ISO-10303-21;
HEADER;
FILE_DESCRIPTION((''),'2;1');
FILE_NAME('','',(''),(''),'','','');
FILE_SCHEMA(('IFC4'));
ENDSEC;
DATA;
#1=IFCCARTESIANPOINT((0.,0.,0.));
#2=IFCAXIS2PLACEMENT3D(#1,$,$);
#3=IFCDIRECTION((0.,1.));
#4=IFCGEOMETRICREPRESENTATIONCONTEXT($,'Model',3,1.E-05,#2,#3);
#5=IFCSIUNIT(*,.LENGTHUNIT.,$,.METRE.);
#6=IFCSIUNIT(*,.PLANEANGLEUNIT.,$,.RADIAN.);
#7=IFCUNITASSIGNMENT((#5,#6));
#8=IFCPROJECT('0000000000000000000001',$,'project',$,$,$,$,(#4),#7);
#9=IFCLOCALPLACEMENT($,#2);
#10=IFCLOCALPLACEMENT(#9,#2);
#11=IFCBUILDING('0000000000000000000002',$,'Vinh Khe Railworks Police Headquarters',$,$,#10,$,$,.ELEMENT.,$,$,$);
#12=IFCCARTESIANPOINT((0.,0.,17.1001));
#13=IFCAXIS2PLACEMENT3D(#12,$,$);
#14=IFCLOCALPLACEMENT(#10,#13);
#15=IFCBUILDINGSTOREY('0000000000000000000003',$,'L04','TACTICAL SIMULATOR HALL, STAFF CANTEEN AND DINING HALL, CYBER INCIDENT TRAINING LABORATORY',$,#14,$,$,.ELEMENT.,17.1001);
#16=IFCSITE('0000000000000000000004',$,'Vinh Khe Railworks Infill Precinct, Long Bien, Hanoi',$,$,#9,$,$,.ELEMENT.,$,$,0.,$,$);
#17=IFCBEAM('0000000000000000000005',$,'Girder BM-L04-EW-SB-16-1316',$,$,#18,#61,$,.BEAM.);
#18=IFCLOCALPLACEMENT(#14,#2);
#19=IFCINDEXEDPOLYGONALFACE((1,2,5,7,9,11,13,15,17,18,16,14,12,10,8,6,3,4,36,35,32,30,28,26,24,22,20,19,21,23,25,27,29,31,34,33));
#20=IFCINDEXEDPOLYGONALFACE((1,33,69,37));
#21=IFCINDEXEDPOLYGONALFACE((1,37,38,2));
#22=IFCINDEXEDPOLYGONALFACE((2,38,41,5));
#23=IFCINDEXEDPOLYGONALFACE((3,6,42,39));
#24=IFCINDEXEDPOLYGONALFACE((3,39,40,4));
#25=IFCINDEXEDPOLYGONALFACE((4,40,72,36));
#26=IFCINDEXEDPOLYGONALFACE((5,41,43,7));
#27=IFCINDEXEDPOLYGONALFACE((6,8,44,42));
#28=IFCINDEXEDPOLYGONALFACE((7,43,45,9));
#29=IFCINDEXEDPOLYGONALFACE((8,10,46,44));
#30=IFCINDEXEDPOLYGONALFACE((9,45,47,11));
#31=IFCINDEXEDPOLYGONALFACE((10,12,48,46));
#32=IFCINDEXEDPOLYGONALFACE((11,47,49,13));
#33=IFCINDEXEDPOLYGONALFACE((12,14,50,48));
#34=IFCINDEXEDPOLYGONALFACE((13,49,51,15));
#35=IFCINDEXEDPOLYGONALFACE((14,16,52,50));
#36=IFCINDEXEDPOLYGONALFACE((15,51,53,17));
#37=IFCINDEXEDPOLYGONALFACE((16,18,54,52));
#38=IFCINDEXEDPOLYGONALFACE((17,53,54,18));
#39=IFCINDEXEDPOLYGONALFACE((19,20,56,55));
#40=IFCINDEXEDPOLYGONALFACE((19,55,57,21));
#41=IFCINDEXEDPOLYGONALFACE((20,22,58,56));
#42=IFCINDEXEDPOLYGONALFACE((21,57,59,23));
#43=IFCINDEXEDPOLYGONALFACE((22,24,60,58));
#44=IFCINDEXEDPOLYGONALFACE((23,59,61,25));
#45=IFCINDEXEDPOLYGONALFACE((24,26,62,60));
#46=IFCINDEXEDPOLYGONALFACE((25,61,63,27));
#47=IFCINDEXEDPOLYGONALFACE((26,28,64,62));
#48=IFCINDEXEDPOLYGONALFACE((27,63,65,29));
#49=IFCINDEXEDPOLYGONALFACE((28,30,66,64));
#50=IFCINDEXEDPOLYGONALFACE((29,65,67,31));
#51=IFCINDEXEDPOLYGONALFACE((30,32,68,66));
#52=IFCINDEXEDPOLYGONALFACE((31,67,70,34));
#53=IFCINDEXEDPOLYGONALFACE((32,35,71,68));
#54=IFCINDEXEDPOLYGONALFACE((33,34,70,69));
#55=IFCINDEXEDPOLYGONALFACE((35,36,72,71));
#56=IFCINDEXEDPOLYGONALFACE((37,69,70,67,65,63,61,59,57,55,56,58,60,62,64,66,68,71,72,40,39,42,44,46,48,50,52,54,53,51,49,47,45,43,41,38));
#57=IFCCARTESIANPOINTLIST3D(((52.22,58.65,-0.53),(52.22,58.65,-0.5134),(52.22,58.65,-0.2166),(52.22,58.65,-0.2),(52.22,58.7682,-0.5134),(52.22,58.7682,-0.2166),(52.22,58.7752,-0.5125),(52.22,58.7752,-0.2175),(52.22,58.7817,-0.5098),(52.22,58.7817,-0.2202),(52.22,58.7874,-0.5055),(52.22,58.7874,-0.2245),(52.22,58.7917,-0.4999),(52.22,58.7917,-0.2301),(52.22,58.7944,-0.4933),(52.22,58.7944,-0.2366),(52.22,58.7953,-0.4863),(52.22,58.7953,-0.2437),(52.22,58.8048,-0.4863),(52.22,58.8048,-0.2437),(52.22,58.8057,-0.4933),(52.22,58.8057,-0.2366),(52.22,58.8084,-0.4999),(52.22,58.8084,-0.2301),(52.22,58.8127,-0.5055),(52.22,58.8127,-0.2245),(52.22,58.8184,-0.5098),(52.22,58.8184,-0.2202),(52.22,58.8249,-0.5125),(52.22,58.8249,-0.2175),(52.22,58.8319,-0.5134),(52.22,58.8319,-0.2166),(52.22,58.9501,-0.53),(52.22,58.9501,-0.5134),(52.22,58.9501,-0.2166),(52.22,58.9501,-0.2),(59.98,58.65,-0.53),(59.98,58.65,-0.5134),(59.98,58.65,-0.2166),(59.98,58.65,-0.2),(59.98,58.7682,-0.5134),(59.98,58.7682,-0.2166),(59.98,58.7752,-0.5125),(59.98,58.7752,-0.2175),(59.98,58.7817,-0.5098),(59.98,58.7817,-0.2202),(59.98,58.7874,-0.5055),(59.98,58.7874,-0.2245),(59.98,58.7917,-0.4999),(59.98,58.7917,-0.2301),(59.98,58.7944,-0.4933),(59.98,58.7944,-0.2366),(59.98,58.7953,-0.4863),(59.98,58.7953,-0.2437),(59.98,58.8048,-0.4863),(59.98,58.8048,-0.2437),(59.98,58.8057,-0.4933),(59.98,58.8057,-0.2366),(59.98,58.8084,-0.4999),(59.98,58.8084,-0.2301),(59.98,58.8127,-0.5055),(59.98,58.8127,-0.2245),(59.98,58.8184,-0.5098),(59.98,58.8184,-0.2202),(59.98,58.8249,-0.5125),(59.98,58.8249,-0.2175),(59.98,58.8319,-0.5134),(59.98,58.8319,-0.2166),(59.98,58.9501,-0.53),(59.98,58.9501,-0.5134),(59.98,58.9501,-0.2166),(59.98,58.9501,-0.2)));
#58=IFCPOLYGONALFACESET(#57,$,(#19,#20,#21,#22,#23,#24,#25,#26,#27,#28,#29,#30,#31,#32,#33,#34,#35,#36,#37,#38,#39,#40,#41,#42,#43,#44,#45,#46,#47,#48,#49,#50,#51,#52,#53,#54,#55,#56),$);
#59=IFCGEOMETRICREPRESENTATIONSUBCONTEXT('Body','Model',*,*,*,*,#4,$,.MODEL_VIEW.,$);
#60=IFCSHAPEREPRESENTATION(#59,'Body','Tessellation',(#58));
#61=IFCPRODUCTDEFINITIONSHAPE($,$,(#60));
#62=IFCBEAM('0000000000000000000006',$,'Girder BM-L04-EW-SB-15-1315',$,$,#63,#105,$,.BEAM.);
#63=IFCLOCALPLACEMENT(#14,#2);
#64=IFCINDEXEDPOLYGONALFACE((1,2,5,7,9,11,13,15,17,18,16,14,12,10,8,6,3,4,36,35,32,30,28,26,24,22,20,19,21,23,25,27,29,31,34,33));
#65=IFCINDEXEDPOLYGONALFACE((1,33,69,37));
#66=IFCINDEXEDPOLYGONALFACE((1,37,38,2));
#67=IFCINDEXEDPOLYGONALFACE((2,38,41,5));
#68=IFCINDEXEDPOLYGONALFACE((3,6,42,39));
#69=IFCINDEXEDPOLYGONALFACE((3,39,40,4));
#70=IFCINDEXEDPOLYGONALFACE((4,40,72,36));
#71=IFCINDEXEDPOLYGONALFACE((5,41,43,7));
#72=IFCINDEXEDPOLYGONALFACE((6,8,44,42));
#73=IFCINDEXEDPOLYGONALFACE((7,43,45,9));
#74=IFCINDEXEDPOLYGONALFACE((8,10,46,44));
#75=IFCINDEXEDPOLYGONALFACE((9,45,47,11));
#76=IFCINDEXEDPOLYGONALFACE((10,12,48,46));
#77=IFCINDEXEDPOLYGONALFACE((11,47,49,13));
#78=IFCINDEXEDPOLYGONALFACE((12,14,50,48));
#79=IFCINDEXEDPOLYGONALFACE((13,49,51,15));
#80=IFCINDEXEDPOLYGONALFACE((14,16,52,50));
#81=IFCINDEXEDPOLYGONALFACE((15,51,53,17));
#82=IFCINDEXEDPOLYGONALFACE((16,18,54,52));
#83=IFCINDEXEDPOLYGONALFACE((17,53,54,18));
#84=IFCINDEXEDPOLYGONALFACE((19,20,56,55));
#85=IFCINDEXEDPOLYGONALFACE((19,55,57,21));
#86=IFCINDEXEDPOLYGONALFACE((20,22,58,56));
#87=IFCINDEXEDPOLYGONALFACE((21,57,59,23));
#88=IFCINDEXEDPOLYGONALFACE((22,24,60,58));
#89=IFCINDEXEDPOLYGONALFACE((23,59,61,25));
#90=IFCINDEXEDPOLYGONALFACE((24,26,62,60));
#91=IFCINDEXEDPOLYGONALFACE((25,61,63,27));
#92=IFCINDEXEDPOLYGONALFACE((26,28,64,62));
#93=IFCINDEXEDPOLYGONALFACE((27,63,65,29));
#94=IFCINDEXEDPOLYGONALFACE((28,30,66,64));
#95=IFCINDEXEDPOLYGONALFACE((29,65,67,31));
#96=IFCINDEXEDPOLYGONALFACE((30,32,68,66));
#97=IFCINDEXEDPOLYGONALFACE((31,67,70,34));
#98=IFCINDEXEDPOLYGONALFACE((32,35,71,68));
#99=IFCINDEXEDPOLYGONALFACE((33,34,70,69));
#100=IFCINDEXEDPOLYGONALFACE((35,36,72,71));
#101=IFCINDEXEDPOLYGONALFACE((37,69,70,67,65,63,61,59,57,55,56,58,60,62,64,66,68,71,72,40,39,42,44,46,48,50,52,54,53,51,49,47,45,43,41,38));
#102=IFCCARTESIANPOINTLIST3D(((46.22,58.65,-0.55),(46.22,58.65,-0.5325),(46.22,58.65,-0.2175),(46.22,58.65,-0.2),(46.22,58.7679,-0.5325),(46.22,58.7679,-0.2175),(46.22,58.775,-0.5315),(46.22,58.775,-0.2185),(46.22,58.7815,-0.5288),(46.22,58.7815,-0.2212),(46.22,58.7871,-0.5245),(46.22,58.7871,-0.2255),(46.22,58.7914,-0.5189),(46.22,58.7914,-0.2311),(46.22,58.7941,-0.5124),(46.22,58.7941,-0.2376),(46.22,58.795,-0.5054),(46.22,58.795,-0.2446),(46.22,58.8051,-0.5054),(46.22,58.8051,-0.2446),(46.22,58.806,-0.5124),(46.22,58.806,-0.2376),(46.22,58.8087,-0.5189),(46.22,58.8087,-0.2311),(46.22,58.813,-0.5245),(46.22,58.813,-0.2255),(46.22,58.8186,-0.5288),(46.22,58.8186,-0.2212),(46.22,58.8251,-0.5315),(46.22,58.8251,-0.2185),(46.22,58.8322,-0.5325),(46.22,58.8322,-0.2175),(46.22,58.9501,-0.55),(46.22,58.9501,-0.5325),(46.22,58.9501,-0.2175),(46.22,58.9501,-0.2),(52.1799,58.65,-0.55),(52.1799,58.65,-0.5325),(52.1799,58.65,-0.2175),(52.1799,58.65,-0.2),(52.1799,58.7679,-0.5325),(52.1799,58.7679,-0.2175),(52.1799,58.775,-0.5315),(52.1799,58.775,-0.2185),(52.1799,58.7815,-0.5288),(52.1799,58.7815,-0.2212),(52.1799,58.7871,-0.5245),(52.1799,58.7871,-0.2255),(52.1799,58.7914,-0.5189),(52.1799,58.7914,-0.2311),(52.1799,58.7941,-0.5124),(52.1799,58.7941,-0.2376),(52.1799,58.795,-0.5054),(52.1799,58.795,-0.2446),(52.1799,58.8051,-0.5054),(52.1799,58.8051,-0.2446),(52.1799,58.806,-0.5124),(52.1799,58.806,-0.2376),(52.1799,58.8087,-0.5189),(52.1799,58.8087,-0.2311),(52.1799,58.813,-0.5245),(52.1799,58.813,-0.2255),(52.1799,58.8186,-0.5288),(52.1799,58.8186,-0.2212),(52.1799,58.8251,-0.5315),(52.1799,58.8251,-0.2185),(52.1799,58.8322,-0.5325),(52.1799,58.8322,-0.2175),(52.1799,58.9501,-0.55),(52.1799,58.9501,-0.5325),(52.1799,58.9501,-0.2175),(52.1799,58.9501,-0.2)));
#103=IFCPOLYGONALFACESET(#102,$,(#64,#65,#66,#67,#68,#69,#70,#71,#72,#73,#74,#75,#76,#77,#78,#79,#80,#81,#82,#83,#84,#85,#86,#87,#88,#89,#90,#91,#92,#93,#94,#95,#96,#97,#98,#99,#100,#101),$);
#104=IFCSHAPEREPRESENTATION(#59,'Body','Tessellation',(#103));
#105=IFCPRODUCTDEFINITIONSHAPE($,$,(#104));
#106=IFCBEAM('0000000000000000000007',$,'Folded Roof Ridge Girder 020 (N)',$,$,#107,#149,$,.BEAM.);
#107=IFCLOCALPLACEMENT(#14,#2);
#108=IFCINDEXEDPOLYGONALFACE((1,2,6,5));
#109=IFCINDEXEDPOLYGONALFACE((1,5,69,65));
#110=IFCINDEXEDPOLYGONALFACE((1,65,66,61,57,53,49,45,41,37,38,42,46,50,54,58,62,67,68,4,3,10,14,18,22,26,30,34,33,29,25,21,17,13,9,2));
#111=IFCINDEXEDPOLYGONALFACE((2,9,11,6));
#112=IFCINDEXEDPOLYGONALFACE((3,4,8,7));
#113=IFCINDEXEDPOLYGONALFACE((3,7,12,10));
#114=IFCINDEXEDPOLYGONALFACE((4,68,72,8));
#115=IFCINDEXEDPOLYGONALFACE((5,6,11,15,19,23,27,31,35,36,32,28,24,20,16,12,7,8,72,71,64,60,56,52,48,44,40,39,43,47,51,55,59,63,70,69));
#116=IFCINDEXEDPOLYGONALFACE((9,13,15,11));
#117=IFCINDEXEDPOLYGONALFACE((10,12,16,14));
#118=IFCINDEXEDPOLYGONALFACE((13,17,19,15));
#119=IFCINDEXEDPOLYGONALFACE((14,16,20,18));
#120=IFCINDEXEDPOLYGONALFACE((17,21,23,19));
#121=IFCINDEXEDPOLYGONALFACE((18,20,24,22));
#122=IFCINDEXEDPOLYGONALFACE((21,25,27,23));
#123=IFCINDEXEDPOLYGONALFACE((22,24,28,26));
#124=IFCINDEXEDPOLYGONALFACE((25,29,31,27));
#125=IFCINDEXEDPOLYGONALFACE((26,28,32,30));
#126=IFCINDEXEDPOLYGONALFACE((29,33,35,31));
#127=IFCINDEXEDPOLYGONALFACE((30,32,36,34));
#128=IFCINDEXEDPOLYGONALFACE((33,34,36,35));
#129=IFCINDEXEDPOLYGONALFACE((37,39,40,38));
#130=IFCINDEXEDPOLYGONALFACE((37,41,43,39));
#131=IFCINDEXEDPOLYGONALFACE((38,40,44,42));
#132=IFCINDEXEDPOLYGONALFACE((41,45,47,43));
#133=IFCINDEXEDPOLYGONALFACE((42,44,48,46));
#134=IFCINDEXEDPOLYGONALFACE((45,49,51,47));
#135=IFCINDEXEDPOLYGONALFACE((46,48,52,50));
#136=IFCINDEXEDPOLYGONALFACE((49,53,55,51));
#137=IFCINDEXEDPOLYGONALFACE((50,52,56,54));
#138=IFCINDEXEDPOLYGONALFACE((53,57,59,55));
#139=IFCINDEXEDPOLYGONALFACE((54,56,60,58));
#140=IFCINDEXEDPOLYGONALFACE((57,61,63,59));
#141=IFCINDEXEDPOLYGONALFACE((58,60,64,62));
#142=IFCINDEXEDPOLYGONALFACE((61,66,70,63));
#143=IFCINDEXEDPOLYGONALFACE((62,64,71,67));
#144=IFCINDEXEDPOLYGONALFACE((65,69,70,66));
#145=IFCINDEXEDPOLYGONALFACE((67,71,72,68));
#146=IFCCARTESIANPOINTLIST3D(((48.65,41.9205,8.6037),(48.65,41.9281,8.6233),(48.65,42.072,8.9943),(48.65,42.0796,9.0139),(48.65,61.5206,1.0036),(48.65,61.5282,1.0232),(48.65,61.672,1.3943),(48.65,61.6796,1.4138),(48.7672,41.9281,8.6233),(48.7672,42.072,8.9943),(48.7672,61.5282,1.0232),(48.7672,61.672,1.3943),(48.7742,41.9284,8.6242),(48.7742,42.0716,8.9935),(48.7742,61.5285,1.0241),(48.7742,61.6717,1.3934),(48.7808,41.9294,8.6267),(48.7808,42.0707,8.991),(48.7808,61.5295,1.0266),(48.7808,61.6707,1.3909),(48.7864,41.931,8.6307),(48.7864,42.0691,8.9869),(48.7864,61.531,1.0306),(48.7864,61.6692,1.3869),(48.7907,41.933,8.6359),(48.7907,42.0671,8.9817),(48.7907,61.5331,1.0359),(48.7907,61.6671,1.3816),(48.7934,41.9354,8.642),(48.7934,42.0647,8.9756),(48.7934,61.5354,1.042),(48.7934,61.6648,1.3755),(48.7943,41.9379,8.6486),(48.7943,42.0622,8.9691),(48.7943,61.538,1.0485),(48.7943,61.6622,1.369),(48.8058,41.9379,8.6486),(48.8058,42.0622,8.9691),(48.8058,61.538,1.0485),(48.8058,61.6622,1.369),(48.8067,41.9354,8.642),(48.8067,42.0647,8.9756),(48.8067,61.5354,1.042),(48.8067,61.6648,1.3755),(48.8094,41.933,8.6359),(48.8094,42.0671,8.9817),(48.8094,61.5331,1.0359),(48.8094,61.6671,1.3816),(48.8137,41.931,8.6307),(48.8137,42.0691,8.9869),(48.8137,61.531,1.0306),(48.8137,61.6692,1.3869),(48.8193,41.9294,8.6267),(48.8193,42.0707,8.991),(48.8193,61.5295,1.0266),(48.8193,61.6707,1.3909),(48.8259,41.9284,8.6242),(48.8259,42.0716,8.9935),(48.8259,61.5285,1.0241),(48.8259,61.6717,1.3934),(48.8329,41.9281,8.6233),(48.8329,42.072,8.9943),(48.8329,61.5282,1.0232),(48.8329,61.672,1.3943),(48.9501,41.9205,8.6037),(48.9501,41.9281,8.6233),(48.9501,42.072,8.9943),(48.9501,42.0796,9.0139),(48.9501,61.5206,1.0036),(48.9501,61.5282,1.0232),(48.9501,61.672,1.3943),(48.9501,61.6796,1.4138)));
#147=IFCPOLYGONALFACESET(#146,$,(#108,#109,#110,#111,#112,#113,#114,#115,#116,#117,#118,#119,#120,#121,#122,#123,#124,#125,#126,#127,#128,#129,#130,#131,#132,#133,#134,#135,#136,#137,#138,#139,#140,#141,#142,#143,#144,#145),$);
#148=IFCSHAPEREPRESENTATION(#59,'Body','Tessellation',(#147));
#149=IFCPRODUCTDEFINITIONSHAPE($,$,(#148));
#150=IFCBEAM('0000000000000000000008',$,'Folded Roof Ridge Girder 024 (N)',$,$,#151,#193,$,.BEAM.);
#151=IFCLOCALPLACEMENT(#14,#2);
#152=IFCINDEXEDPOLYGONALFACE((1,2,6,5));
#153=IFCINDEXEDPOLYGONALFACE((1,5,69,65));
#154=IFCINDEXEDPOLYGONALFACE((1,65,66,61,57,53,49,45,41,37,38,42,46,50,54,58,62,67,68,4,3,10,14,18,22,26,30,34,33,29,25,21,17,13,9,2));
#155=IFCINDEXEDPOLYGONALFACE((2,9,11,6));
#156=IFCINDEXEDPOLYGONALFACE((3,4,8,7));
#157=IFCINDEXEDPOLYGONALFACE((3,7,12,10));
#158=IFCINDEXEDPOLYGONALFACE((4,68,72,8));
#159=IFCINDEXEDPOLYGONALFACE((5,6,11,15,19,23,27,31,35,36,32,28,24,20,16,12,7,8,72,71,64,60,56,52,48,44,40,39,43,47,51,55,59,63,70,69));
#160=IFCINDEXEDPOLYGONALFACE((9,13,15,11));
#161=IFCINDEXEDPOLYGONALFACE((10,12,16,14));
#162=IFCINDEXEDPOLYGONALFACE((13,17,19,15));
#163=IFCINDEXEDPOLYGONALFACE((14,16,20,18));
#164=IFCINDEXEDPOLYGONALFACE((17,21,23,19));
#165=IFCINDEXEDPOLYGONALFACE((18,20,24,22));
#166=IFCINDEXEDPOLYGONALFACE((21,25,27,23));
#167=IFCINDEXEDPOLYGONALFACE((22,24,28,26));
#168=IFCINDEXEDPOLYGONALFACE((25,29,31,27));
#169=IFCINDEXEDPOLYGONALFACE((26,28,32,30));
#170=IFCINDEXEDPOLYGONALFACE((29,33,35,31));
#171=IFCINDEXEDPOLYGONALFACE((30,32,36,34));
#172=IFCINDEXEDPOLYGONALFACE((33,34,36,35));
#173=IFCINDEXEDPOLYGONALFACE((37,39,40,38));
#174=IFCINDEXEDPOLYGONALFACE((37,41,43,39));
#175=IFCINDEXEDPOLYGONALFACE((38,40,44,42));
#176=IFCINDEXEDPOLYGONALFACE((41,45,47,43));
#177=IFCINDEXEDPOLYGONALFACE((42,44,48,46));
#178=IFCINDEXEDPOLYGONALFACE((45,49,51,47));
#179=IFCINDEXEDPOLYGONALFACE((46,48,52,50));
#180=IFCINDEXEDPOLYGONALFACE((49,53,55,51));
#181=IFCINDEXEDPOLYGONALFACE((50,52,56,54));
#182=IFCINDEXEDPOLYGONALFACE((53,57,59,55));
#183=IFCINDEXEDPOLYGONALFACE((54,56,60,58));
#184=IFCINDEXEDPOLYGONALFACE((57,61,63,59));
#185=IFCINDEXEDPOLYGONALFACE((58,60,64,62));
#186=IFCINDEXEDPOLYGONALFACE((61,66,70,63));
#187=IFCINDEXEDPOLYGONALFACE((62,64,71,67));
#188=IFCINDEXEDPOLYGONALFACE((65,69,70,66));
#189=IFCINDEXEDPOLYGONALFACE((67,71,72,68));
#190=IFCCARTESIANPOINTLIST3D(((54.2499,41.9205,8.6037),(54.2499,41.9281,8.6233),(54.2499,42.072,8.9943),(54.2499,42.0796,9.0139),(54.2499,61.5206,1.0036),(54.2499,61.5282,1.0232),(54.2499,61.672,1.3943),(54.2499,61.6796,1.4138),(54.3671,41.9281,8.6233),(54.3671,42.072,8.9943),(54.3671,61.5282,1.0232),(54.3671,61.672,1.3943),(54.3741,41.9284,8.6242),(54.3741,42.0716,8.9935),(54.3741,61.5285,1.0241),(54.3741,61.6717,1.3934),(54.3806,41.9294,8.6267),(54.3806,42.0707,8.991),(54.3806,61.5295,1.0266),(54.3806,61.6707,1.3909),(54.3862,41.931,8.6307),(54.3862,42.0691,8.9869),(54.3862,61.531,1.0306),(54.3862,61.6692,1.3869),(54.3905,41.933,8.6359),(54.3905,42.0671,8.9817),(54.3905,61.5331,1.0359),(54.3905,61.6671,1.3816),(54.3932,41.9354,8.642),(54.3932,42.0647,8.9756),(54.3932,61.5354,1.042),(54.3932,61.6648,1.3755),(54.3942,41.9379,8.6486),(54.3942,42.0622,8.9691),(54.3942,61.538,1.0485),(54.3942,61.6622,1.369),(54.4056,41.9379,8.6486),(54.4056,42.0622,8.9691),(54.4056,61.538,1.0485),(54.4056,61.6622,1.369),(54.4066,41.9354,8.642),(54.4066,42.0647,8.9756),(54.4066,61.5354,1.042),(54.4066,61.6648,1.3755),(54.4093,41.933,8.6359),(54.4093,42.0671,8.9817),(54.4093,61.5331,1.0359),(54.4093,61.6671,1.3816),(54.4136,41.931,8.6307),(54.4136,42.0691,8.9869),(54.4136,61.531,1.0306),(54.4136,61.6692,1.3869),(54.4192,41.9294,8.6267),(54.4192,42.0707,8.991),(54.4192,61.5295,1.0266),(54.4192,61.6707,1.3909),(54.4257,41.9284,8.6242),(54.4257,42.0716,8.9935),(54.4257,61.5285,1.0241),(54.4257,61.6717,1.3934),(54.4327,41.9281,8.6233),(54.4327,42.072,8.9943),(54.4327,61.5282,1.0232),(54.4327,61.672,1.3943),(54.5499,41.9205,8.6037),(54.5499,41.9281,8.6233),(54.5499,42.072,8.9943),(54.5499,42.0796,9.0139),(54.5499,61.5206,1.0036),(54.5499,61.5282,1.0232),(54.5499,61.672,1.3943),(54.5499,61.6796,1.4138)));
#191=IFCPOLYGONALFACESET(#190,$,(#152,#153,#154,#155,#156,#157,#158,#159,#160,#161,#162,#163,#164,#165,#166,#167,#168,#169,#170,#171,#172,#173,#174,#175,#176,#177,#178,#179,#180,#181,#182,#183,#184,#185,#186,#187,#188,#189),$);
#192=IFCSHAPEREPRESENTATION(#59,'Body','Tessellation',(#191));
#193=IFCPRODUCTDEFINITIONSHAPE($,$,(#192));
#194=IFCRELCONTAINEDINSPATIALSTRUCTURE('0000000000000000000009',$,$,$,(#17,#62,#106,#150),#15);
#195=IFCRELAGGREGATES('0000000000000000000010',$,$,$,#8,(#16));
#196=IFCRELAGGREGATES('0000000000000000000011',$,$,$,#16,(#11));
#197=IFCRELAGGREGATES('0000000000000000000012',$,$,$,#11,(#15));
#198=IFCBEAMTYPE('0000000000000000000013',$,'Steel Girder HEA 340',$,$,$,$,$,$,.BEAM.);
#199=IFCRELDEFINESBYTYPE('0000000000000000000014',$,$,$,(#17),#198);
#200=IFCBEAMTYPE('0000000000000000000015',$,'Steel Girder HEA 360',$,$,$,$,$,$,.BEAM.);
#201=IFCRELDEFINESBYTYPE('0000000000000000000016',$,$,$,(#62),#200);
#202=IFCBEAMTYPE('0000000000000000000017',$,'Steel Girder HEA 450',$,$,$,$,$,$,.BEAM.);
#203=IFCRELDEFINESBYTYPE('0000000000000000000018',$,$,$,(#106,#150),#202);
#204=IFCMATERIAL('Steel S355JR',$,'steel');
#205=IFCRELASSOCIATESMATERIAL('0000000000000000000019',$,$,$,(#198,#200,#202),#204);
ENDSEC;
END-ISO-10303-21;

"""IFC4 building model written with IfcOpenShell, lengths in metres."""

from ifc_helpers import new_model, si_unit, direction, frame, origin, origin_2d, place, context, subcontext, project, spatial, i_section, extrude, material, material_profile, profile_set, type_object, element, save


model = new_model("IFC4")

# Units and contexts
model_context = context("Model", 3, precision=1e-05, world=origin(), true_north=direction((0.0, 1.0)))
body_context = subcontext(model_context, "Body", "Model", "MODEL_VIEW")
ifc_project = project(units=[si_unit("LENGTHUNIT", "METRE"), si_unit("PLANEANGLEUNIT", "RADIAN")], contexts=[model_context])

# Site, building, storey
site_placement = place(None, origin())
site = spatial("IfcSite", under=ifc_project, at=site_placement, Name="Vinh Khe Railworks Infill Precinct, Long Bien, Hanoi", CompositionType="ELEMENT", RefElevation=0.0)
building_placement = place(site_placement, origin())
building = spatial("IfcBuilding", under=site, at=building_placement, Name="Vinh Khe Railworks Police Headquarters", CompositionType="ELEMENT")
storey_placement = place(building_placement, frame((0.0, 0.0, 17.1001)))
storey = spatial("IfcBuildingStorey", under=building, at=storey_placement, Name="L04", Description="TACTICAL SIMULATOR HALL, STAFF CANTEEN AND DINING HALL, CYBER INCIDENT TRAINING LABORATORY", CompositionType="ELEMENT", Elevation=17.1001)

# Shared definitions
ifc_material = material(Name="Steel S355JR", Category="steel")

# Beams
ifc_material_profile_1 = material_profile(ifc_material, i_section(OverallWidth=0.3, OverallDepth=0.3301, WebThickness=0.0095, FlangeThickness=0.0166, FilletRadius=0.0271, at=origin_2d()), Name="HEA 340")
ifc_profile_set_1 = profile_set([ifc_material_profile_1], Name="Steel S355JR")
beam_type_1 = type_object("IfcBeamType", Name="Steel Girder HEA 340", PredefinedType="BEAM", material=ifc_profile_set_1)
beam_1_placement = place(storey_placement, frame((52.22, 58.8, -0.365), z_axis=(1.0, 0.0, 0.0), x_axis=(0.0, 1.0, 0.0)))
element("IfcBeam", 1, at=beam_1_placement, inside=storey, type_object=beam_type_1, Name="Girder BM-L04-EW-SB-16-1316", PredefinedType="BEAM", context=body_context, shape_type="SweptSolid", body=[
    extrude(i_section(OverallWidth=0.3, OverallDepth=0.3301, WebThickness=0.0095, FlangeThickness=0.0166, FilletRadius=0.0271, at=origin_2d()), origin(), (0.0, 0.0, 1.0), 7.76),
])
ifc_material_profile_2 = material_profile(ifc_material, i_section(OverallWidth=0.3, OverallDepth=0.3501, WebThickness=0.01, FlangeThickness=0.0176, FilletRadius=0.0271, at=origin_2d()), Name="HEA 360")
ifc_profile_set_2 = profile_set([ifc_material_profile_2], Name="Steel S355JR")
beam_type_2 = type_object("IfcBeamType", Name="Steel Girder HEA 360", PredefinedType="BEAM", material=ifc_profile_set_2)
beam_2_placement = place(storey_placement, frame((46.22, 58.8, -0.375), z_axis=(1.0, 0.0, 0.0), x_axis=(0.0, 1.0, 0.0)))
element("IfcBeam", 2, at=beam_2_placement, inside=storey, type_object=beam_type_2, Name="Girder BM-L04-EW-SB-15-1315", PredefinedType="BEAM", context=body_context, shape_type="SweptSolid", body=[
    extrude(i_section(OverallWidth=0.3, OverallDepth=0.3501, WebThickness=0.01, FlangeThickness=0.0176, FilletRadius=0.0271, at=origin_2d()), origin(), (0.0, 0.0, 1.0), 5.96),
])
ifc_material_profile_3 = material_profile(ifc_material, i_section(OverallWidth=0.3, OverallDepth=0.4399, WebThickness=0.0115, FlangeThickness=0.021, FilletRadius=0.0271, at=origin_2d()), Name="HEA 450")
ifc_profile_set_3 = profile_set([ifc_material_profile_3], Name="Steel S355JR")
beam_type_3 = type_object("IfcBeamType", Name="Steel Girder HEA 450", PredefinedType="BEAM", material=ifc_profile_set_3)
for number, where, z_axis, x_axis, name in (
    (3, (48.8, 61.6001, 1.2087), (0.0, -0.93236, 0.36153), (1.0, 0.0, 0.0), "Folded Roof Ridge Girder 020 (N)"),
    (4, (54.3999, 61.6001, 1.2087), (0.0, -0.93236, 0.36153), (1.0, 0.0, 0.0), "Folded Roof Ridge Girder 024 (N)"),
):
    element("IfcBeam", number, at=place(storey_placement, frame(where, z_axis=z_axis, x_axis=x_axis)), inside=storey, type_object=beam_type_3, Name=name, PredefinedType="BEAM", context=body_context, shape_type="SweptSolid", body=[
        extrude(i_section(OverallWidth=0.3, OverallDepth=0.4399, WebThickness=0.0115, FlangeThickness=0.021, FilletRadius=0.0271, at=origin_2d()), origin(), (0.0, 0.0, 1.0), 21.022),
    ])

save(model, "model.ifc")
